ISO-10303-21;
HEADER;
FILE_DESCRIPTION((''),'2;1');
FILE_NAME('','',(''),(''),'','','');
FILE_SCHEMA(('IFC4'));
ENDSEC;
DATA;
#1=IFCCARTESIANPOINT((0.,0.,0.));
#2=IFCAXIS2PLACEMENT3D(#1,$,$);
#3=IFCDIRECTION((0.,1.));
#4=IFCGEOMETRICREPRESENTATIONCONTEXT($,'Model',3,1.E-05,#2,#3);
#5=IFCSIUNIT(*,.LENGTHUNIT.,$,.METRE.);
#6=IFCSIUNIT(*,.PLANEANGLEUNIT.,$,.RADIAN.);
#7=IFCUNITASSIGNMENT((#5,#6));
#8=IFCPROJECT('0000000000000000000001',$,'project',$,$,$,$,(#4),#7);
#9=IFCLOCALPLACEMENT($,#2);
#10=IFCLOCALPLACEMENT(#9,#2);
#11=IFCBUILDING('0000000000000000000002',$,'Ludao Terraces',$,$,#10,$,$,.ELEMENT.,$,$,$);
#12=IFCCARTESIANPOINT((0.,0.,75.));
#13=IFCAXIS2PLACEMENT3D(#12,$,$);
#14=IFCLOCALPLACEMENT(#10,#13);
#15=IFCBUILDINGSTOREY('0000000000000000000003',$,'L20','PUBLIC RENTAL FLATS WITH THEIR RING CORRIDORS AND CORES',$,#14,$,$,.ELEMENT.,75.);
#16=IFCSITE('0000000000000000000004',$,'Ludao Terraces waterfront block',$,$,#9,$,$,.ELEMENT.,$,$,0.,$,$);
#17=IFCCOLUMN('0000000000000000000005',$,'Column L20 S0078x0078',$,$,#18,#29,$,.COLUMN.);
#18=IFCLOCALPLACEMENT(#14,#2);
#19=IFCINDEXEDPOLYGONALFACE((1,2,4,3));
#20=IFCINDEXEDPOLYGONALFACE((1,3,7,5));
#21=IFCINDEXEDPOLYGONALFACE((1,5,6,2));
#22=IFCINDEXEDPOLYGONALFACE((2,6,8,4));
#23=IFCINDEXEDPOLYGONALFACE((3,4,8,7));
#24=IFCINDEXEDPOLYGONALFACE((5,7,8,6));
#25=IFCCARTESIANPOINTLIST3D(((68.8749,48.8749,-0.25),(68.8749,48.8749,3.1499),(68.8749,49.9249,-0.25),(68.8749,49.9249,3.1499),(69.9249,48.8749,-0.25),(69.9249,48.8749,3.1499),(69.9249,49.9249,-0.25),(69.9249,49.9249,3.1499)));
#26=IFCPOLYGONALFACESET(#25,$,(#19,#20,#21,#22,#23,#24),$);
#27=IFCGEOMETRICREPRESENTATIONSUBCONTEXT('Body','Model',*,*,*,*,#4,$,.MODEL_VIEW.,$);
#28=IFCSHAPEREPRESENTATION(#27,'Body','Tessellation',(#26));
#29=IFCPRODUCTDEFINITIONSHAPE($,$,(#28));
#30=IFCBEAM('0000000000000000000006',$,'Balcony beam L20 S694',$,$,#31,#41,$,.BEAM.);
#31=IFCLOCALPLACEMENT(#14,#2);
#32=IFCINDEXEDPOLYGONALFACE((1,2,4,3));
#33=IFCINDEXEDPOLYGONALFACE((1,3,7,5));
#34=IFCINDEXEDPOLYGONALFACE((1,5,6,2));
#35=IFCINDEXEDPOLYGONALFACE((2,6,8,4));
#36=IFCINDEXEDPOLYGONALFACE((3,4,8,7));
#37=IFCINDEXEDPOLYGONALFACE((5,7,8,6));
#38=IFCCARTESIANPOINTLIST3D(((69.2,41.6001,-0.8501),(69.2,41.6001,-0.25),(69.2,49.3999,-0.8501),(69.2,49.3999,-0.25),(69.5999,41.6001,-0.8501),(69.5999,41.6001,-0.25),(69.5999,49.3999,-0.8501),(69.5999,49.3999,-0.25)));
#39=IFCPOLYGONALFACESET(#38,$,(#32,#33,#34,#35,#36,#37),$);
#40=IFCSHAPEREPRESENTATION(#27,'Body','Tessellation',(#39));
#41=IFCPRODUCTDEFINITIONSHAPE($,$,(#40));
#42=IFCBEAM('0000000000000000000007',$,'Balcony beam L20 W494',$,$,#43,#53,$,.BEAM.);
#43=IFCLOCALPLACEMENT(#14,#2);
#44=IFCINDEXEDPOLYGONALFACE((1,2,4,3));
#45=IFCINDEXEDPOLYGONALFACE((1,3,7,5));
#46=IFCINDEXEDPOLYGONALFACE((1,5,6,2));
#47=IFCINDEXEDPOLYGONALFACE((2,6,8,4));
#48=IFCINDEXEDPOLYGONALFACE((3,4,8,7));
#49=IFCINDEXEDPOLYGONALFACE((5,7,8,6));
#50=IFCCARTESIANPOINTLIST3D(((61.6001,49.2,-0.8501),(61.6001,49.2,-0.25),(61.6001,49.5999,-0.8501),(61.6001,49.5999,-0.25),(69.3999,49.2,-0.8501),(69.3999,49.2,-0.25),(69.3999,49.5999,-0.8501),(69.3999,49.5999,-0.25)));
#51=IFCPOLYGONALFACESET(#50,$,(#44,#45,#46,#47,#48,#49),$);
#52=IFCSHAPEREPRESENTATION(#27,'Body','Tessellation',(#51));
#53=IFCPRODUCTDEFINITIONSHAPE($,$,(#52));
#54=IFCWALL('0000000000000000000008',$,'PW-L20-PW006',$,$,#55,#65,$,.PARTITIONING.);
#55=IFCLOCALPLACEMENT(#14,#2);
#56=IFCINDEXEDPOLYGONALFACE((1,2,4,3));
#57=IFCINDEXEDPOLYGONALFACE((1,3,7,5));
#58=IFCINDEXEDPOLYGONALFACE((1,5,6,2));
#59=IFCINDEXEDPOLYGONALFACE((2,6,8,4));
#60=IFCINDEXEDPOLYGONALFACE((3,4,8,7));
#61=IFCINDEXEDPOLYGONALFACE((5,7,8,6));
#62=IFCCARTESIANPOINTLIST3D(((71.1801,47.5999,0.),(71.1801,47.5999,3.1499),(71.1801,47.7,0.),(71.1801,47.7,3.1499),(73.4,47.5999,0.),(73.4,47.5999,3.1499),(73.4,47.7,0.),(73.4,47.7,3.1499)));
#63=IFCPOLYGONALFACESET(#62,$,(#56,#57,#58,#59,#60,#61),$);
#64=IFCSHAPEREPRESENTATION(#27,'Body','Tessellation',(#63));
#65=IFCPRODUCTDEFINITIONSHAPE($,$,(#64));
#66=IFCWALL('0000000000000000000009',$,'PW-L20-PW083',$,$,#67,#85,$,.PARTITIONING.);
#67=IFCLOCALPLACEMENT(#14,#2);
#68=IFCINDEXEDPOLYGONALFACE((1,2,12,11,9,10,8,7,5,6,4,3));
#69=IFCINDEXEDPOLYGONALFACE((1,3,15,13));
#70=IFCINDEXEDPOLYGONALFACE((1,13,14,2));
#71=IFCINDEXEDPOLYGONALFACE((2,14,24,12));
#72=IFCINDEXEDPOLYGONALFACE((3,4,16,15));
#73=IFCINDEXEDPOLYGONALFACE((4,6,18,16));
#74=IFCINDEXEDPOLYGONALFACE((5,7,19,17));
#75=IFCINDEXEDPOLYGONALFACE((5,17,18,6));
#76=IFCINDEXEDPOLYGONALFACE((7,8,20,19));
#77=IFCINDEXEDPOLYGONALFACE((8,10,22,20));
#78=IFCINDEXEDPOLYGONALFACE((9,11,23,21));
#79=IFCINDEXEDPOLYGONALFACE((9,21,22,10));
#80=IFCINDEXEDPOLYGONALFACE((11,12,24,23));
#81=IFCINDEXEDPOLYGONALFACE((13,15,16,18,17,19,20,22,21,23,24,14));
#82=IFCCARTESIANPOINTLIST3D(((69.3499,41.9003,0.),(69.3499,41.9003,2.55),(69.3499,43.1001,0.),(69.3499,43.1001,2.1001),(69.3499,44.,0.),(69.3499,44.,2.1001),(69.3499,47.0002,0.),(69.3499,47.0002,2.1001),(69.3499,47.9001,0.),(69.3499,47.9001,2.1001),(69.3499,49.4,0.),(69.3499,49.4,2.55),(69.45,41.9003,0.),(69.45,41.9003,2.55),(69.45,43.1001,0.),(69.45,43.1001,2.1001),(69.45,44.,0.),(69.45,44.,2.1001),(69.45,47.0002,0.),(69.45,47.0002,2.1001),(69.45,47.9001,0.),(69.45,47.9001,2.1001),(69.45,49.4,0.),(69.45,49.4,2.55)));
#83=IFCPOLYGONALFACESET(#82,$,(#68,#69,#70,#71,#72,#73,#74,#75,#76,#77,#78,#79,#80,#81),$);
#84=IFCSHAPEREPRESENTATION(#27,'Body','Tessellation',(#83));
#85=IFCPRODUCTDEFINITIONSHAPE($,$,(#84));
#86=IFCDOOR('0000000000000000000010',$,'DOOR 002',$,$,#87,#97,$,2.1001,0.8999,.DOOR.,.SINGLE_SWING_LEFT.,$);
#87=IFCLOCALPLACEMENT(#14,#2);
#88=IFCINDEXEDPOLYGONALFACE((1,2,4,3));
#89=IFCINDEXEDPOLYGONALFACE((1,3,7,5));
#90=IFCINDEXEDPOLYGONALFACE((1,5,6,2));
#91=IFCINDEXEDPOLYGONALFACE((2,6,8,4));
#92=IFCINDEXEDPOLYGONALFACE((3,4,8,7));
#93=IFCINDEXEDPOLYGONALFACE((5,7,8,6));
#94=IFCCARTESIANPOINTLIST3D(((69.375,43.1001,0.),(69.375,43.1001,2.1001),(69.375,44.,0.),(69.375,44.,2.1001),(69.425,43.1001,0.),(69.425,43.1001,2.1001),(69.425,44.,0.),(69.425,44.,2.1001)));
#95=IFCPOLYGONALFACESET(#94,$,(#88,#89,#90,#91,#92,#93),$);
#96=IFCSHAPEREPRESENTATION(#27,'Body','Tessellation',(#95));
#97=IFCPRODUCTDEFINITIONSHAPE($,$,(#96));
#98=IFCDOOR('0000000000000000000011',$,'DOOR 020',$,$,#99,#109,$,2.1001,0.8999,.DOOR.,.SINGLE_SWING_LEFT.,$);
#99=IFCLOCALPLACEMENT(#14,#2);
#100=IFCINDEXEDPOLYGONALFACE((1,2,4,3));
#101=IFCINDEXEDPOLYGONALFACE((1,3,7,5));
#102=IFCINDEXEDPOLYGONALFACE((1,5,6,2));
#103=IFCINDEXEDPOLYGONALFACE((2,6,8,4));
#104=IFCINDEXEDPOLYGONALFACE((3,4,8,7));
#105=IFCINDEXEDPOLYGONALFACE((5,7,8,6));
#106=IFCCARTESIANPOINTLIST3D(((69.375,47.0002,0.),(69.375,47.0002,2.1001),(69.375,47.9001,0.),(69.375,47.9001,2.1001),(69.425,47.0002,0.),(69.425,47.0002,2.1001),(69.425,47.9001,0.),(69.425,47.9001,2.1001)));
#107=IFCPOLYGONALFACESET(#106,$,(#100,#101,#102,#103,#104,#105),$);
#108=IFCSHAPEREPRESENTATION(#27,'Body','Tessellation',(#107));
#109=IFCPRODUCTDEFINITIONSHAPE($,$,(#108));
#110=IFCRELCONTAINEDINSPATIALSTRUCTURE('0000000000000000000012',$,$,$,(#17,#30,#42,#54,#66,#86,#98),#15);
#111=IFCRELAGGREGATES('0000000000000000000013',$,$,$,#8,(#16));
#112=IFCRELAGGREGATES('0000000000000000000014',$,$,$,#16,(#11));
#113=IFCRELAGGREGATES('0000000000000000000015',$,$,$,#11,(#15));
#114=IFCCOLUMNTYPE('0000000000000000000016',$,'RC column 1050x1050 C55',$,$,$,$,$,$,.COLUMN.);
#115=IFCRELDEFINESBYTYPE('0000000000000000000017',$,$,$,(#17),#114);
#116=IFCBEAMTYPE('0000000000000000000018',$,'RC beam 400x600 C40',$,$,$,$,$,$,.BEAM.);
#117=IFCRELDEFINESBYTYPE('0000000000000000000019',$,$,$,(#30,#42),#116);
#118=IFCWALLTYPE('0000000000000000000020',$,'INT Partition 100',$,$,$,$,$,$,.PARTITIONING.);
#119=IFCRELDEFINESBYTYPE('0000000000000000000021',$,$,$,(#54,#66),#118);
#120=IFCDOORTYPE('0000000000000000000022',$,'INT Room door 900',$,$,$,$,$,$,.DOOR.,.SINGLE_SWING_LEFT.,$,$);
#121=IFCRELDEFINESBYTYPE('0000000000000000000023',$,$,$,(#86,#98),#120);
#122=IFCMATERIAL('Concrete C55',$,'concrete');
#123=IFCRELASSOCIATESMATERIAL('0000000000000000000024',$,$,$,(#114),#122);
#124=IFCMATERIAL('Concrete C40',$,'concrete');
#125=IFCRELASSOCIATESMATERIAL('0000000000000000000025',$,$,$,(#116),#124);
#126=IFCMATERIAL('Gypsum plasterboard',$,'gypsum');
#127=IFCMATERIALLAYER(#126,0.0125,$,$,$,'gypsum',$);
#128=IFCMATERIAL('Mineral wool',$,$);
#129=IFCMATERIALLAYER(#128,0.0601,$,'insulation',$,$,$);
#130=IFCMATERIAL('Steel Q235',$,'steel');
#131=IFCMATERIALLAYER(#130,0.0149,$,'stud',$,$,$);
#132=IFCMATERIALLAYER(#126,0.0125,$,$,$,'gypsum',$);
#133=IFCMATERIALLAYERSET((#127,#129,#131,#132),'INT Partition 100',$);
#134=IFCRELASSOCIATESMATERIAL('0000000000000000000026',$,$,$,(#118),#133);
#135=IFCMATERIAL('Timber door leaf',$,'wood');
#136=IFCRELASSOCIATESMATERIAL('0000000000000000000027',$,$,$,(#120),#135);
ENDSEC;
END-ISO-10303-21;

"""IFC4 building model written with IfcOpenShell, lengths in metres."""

from ifc_helpers import new_model, si_unit, direction, frame, frame_2d, origin, origin_2d, place, context, subcontext, project, spatial, rectangle, extrude, material, layer, layer_set, material_profile, profile_set, type_object, element, fill, save


model = new_model("IFC4")

# Units and contexts
model_context = context("Model", 3, precision=1e-05, world=origin(), true_north=direction((0.0, 1.0)))
body_context = subcontext(model_context, "Body", "Model", "MODEL_VIEW")
ifc_project = project(units=[si_unit("LENGTHUNIT", "METRE"), si_unit("PLANEANGLEUNIT", "RADIAN")], contexts=[model_context])

# Site, building, storey
site_placement = place(None, origin())
site = spatial("IfcSite", under=ifc_project, at=site_placement, Name="Ludao Terraces waterfront block", CompositionType="ELEMENT", RefElevation=0.0)
building_placement = place(site_placement, origin())
building = spatial("IfcBuilding", under=site, at=building_placement, Name="Ludao Terraces", CompositionType="ELEMENT")
storey_placement = place(building_placement, frame((0.0, 0.0, 75.0)))
storey = spatial("IfcBuildingStorey", under=building, at=storey_placement, Name="L20", Description="PUBLIC RENTAL FLATS WITH THEIR RING CORRIDORS AND CORES", CompositionType="ELEMENT", Elevation=75.0)

# Column
ifc_material_1 = material(Name="Concrete C55", Category="concrete")
ifc_material_profile_1 = material_profile(ifc_material_1, rectangle(XDim=1.05, YDim=1.05, at=origin_2d()), Name="1050 X 1050")
ifc_profile_set_1 = profile_set([ifc_material_profile_1], Name="Concrete C55")
column_type = type_object("IfcColumnType", Name="RC column 1050x1050 C55", PredefinedType="COLUMN", material=ifc_profile_set_1)
column_placement = place(storey_placement, frame((69.3999, 49.3999, -0.25), z_axis=(0.0, 0.0, 1.0), x_axis=(1.0, 0.0, 0.0)))
element("IfcColumn", 1, at=column_placement, inside=storey, type_object=column_type, Name="Column L20 S0078x0078", PredefinedType="COLUMN", context=body_context, shape_type="SweptSolid", body=[
    extrude(rectangle(XDim=1.05, YDim=1.05, at=origin_2d()), origin(), (0.0, 0.0, 1.0), 3.3999),
])

# Beams
ifc_material_2 = material(Name="Concrete C40", Category="concrete")
ifc_material_profile_2 = material_profile(ifc_material_2, rectangle(XDim=0.3999, YDim=0.6001, at=origin_2d()), Name="400 X 600")
ifc_profile_set_2 = profile_set([ifc_material_profile_2], Name="Concrete C40")
beam_type = type_object("IfcBeamType", Name="RC beam 400x600 C40", PredefinedType="BEAM", material=ifc_profile_set_2)
for number, where, z_axis, x_axis, name in (
    (2, (69.3999, 49.3999, -0.55), (0.0, -1.0, 0.0), (1.0, 0.0, 0.0), "Balcony beam L20 S694"),
    (3, (69.3999, 49.3999, -0.55), (-1.0, 0.0, 0.0), (0.0, -1.0, 0.0), "Balcony beam L20 W494"),
):
    element("IfcBeam", number, at=place(storey_placement, frame(where, z_axis=z_axis, x_axis=x_axis)), inside=storey, type_object=beam_type, Name=name, PredefinedType="BEAM", context=body_context, shape_type="SweptSolid", body=[
        extrude(rectangle(XDim=0.3999, YDim=0.6001, at=origin_2d()), origin(), (0.0, 0.0, 1.0), 7.7998),
    ])

# Wall
ifc_material_3 = material(Name="Gypsum plasterboard", Category="gypsum")
ifc_layer_1 = layer(ifc_material_3, 0.0125, Category="gypsum")
ifc_material_4 = material(Name="Mineral wool")
ifc_layer_2 = layer(ifc_material_4, 0.0601, Name="insulation")
ifc_material_5 = material(Name="Steel Q235", Category="steel")
ifc_layer_3 = layer(ifc_material_5, 0.0149, Name="stud")
ifc_layer_4 = layer(ifc_material_3, 0.0125, Category="gypsum")
ifc_layer_set = layer_set([ifc_layer_1, ifc_layer_2, ifc_layer_3, ifc_layer_4], Name="INT Partition 100")
wall_type = type_object("IfcWallType", Name="INT Partition 100", PredefinedType="PARTITIONING", material=ifc_layer_set)
wall_1_placement = place(storey_placement, frame((71.1802, 47.6499, 0.0), z_axis=(0.0, 0.0, 1.0), x_axis=(1.0, 0.0, 0.0)))
element("IfcWall", 4, at=wall_1_placement, inside=storey, type_object=wall_type, Name="PW-L20-PW006", PredefinedType="PARTITIONING", context=body_context, shape_type="SweptSolid", body=[
    extrude(rectangle(XDim=2.22, YDim=0.1001, at=frame_2d((1.1099, 0.0))), origin(), (0.0, 0.0, 1.0), 3.1499),
])

# Wall, openings, doors
wall_2_placement = place(storey_placement, frame((69.3999, 41.9001, 0.0), z_axis=(0.0, 0.0, 1.0), x_axis=(0.0, 1.0, 0.0)))
wall_2 = element("IfcWall", 5, at=wall_2_placement, inside=storey, type_object=wall_type, Name="PW-L20-PW083", PredefinedType="PARTITIONING", context=body_context, shape_type="SweptSolid", body=[
    extrude(rectangle(XDim=7.4998, YDim=0.1001, at=frame_2d((3.75, 0.0))), origin(), (0.0, 0.0, 1.0), 2.55),
])
opening_1_placement = place(wall_2_placement, frame((1.2, 0.0, 0.0)))
opening_1 = element("IfcOpeningElement", 6, at=opening_1_placement, cuts=wall_2, PredefinedType="OPENING", context=body_context, shape_type="SweptSolid", body=[
    extrude(rectangle(XDim=0.8999, YDim=2.1001, at=frame_2d((0.45, 1.05))), frame((0.0, 0.0601, 0.0), z_axis=(0.0, -1.0, 0.0), x_axis=(1.0, 0.0, 0.0)), (0.0, 0.0, 1.0), 0.1201),
])
opening_2_placement = place(wall_2_placement, frame((5.1001, 0.0, 0.0)))
opening_2 = element("IfcOpeningElement", 7, at=opening_2_placement, cuts=wall_2, PredefinedType="OPENING", context=body_context, shape_type="SweptSolid", body=[
    extrude(rectangle(XDim=0.8999, YDim=2.1001, at=frame_2d((0.45, 1.05))), frame((0.0, 0.0601, 0.0), z_axis=(0.0, -1.0, 0.0), x_axis=(1.0, 0.0, 0.0)), (0.0, 0.0, 1.0), 0.1201),
])
ifc_material_6 = material(Name="Timber door leaf", Category="wood")
door_type_1 = type_object("IfcDoorType", Name="INT Room door 900", OperationType="SINGLE_SWING_LEFT", PredefinedType="DOOR", material=ifc_material_6)
door_1_placement = place(opening_1_placement, origin())
door_1 = element("IfcDoor", 8, at=door_1_placement, inside=storey, type_object=door_type_1, Name="DOOR 002", OperationType="SINGLE_SWING_LEFT", OverallHeight=2.1001, OverallWidth=0.8999, PredefinedType="DOOR", context=body_context, shape_type="SweptSolid", body=[
    extrude(rectangle(XDim=0.8999, YDim=2.1001, at=frame_2d((0.45, 1.05))), frame((0.0, 0.0249, 0.0), z_axis=(0.0, -1.0, 0.0), x_axis=(1.0, 0.0, 0.0)), (0.0, 0.0, 1.0), 0.05),
])
fill(opening_1, door_1)
door_2_placement = place(opening_2_placement, origin())
door_2 = element("IfcDoor", 9, at=door_2_placement, inside=storey, type_object=door_type_1, Name="DOOR 020", OperationType="SINGLE_SWING_LEFT", OverallHeight=2.1001, OverallWidth=0.8999, PredefinedType="DOOR", context=body_context, shape_type="SweptSolid", body=[
    extrude(rectangle(XDim=0.8999, YDim=2.1001, at=frame_2d((0.45, 1.05))), frame((0.0, 0.0249, 0.0), z_axis=(0.0, -1.0, 0.0), x_axis=(1.0, 0.0, 0.0)), (0.0, 0.0, 1.0), 0.05),
])
fill(opening_2, door_2)

save(model, "model.ifc")
